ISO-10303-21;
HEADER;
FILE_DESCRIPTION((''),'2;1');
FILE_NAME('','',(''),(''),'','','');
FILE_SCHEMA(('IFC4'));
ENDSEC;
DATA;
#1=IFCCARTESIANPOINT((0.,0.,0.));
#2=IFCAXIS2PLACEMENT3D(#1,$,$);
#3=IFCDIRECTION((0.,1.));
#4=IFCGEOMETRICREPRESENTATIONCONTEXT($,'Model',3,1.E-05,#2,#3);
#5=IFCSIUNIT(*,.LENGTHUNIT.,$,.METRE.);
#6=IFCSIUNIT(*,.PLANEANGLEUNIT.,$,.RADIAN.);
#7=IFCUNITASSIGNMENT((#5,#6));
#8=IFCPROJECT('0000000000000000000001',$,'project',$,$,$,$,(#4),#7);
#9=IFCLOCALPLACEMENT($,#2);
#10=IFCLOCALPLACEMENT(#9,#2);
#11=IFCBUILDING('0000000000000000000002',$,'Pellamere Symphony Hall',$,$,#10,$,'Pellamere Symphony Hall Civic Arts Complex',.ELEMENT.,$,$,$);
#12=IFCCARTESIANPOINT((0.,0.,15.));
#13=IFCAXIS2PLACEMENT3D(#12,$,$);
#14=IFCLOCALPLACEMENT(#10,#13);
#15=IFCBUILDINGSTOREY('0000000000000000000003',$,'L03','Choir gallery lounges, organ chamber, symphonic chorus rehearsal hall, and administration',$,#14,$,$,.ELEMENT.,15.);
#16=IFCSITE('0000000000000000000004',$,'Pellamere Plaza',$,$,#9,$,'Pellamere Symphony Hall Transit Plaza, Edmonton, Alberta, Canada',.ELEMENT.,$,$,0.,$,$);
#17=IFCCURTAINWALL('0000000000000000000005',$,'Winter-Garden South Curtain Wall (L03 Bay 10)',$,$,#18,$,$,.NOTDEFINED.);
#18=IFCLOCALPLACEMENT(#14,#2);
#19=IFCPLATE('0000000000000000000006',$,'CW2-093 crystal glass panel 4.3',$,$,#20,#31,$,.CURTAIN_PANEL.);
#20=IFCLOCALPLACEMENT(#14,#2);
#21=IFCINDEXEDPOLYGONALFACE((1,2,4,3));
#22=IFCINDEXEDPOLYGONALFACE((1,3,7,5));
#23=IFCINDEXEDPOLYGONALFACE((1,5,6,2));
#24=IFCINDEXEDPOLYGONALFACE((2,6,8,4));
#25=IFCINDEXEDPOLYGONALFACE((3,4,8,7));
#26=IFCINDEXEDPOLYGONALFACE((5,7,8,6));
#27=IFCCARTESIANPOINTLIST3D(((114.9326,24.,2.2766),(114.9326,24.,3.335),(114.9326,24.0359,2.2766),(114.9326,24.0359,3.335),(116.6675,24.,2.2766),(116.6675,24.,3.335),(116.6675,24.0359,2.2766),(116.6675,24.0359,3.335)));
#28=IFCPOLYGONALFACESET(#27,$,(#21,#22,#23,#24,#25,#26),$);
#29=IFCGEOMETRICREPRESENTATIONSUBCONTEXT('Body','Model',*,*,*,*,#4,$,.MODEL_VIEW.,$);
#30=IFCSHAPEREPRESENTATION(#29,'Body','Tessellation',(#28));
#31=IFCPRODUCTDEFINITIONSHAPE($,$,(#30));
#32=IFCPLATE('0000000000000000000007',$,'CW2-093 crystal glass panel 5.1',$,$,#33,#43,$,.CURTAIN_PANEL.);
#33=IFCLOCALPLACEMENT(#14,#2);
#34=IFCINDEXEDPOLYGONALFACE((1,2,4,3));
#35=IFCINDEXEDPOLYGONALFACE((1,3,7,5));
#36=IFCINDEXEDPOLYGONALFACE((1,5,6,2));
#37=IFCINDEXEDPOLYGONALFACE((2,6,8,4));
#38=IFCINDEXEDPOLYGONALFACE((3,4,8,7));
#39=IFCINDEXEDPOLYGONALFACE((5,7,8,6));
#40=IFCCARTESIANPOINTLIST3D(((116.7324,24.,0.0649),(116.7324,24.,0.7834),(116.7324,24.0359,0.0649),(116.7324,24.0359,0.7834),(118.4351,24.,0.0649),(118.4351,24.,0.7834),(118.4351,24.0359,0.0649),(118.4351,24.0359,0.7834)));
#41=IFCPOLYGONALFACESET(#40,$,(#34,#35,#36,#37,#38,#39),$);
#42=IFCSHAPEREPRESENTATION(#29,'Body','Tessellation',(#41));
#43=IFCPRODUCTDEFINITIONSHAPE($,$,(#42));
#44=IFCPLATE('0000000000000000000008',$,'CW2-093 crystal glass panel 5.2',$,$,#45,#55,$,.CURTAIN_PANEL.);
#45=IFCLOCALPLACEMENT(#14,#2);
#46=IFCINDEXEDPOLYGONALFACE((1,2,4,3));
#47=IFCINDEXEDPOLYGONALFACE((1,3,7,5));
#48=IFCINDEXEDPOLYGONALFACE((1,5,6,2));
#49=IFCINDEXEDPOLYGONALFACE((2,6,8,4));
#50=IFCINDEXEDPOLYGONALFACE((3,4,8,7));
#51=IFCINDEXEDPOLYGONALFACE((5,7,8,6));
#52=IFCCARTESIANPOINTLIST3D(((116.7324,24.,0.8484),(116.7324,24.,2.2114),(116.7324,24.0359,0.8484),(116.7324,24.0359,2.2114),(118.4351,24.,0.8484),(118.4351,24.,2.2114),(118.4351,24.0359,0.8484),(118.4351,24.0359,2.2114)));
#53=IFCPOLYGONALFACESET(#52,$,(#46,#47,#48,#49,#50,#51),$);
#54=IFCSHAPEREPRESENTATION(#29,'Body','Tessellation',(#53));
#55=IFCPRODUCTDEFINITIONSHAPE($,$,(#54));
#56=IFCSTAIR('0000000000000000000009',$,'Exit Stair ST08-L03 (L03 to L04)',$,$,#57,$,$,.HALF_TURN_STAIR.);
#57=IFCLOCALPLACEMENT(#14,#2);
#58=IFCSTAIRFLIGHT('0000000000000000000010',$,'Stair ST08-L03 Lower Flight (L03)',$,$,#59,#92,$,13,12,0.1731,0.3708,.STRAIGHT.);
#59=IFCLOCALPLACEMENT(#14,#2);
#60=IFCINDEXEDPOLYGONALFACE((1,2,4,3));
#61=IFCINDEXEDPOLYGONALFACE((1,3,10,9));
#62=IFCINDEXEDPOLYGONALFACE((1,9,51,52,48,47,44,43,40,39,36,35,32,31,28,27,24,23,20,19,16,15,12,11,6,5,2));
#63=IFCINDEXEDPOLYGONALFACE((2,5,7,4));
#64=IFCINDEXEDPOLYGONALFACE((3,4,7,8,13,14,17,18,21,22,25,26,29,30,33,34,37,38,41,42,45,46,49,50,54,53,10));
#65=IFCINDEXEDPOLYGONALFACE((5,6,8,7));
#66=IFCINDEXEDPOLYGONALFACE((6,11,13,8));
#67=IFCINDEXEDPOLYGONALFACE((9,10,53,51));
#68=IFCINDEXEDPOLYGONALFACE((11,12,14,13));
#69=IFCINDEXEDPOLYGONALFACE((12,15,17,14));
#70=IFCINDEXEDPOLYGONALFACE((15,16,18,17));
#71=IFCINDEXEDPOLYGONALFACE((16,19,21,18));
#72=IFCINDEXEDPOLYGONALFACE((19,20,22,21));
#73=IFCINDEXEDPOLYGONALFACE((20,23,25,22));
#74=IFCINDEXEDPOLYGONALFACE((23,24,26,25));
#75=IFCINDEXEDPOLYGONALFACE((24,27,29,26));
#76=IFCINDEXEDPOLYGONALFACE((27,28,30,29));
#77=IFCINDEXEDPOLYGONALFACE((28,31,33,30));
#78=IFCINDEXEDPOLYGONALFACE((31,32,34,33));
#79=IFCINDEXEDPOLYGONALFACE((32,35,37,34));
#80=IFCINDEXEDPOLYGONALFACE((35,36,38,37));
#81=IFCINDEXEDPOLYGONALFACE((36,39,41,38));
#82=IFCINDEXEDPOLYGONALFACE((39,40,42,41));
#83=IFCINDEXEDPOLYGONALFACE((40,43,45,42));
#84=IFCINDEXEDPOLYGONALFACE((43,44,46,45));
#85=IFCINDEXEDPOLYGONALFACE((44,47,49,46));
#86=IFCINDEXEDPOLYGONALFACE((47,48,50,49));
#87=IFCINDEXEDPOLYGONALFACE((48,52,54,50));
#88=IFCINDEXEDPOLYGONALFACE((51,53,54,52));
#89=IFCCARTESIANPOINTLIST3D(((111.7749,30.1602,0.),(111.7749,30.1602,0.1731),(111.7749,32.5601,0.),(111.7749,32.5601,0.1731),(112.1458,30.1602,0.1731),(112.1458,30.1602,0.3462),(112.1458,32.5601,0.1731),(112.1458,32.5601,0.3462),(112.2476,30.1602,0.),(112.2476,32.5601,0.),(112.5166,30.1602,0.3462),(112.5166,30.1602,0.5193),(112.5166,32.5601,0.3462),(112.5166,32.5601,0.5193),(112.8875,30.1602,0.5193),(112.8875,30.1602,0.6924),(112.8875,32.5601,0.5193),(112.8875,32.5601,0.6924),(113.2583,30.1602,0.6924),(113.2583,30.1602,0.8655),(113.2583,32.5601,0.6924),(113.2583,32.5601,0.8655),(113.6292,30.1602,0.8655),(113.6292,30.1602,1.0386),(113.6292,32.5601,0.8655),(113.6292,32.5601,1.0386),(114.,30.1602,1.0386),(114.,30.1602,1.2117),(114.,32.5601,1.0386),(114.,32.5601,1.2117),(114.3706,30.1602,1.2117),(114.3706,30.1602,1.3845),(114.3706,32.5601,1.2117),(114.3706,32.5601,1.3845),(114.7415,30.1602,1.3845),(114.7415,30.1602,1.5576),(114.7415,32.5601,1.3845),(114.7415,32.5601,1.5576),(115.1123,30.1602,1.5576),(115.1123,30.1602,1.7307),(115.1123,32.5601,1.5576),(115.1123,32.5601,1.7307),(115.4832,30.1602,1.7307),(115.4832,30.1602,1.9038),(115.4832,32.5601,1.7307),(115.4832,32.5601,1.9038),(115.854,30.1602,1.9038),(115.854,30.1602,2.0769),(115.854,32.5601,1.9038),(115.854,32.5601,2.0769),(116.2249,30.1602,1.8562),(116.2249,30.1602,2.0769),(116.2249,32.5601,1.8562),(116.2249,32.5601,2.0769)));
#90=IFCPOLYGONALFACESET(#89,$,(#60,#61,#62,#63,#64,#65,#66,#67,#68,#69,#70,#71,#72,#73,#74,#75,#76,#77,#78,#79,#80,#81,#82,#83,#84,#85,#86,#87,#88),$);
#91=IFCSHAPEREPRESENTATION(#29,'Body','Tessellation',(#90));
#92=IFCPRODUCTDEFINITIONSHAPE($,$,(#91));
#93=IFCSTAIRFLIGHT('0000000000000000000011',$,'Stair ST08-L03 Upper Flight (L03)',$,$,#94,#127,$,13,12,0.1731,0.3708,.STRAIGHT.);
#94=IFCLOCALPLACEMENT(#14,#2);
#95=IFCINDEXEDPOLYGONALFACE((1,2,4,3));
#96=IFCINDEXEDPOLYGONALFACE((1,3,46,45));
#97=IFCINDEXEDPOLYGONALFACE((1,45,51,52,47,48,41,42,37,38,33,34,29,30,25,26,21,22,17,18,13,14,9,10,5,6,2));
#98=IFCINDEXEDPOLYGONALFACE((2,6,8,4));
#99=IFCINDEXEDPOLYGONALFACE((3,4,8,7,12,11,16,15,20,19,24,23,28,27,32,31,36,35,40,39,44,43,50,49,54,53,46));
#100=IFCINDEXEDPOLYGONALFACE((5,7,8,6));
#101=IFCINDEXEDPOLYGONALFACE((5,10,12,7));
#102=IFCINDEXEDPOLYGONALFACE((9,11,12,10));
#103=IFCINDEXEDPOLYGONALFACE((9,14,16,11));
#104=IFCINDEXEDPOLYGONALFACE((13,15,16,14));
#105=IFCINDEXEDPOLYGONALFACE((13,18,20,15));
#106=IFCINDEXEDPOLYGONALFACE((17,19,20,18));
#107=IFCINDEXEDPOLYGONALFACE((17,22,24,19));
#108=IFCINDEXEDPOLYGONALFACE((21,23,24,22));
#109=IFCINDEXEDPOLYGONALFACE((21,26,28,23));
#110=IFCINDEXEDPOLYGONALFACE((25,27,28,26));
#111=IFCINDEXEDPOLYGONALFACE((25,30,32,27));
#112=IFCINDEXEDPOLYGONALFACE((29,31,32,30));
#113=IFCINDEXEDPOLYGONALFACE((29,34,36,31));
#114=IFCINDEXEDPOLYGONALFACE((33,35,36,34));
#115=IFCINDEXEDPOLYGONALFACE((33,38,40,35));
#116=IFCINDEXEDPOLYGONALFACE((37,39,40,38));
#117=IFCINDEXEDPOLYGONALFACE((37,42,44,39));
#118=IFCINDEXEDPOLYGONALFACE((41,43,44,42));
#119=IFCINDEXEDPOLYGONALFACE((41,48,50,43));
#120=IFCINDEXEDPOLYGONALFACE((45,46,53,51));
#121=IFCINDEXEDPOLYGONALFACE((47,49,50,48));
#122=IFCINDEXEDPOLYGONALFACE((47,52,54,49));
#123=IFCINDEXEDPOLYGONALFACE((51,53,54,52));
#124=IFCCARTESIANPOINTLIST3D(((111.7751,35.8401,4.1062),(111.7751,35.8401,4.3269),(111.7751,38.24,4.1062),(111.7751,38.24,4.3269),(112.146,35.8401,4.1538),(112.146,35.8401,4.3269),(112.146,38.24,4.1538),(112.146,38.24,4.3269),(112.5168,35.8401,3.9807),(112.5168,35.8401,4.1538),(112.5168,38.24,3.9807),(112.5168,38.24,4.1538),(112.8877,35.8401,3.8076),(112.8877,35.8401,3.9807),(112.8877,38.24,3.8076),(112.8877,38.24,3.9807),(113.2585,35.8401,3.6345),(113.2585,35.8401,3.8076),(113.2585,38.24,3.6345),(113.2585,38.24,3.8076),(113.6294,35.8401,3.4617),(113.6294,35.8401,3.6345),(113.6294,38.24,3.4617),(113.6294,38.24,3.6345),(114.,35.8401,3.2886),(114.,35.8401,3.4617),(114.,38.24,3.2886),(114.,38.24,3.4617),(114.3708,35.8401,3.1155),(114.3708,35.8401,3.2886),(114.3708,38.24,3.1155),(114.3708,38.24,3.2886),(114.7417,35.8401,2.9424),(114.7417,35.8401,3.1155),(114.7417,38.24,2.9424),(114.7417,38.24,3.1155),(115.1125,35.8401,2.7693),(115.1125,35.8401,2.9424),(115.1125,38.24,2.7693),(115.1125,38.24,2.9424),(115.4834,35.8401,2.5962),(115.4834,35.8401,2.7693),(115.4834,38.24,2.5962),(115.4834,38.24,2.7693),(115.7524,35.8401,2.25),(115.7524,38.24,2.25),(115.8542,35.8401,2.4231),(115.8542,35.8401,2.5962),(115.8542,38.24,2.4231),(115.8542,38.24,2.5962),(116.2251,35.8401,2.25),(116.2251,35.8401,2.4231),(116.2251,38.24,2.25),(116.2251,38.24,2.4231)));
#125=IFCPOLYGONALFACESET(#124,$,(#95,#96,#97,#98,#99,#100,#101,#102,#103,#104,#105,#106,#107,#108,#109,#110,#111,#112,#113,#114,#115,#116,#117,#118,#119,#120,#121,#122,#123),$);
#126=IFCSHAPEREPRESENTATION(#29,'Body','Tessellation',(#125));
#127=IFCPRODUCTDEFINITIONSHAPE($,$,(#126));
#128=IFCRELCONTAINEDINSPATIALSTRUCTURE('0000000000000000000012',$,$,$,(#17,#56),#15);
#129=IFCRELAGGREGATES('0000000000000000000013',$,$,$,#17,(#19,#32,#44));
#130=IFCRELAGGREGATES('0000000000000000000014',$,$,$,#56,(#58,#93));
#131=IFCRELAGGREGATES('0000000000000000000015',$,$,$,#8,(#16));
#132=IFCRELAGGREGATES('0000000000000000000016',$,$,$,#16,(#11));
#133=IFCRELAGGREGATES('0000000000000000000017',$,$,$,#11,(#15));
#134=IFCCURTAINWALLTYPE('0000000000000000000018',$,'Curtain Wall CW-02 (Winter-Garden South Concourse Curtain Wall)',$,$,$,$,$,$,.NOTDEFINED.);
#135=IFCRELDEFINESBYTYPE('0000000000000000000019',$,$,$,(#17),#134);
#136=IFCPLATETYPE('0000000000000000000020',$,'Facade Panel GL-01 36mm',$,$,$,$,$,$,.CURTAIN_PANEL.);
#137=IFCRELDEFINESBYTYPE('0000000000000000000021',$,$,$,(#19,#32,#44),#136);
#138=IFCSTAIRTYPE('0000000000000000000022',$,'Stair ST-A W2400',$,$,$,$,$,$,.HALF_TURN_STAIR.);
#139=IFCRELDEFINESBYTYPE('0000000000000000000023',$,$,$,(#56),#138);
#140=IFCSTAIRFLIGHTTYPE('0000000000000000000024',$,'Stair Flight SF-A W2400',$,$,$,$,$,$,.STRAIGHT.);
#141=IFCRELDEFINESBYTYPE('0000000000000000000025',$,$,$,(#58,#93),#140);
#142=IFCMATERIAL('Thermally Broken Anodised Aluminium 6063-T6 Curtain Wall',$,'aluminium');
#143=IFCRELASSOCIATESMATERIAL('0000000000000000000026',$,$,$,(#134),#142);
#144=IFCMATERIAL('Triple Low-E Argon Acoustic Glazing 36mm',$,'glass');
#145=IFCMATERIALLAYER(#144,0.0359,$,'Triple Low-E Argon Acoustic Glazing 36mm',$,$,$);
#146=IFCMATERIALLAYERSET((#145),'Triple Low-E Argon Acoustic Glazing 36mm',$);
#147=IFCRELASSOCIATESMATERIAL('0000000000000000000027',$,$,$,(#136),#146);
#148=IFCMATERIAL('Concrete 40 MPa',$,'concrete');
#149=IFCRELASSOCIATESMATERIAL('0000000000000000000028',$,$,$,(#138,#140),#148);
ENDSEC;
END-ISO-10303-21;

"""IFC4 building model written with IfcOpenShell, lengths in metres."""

from ifc_helpers import new_model, si_unit, direction, frame, origin, place, context, subcontext, project, spatial, polyline, outline, extrude, material, layer, layer_set, type_object, element, aggregate, save


model = new_model("IFC4")

# Units and contexts
model_context = context("Model", 3, precision=1e-05, world=origin(), true_north=direction((0.0, 1.0)))
body_context = subcontext(model_context, "Body", "Model", "MODEL_VIEW")
ifc_project = project(units=[si_unit("LENGTHUNIT", "METRE"), si_unit("PLANEANGLEUNIT", "RADIAN")], contexts=[model_context])

# Site, building, storey
site_placement = place(None, origin())
site = spatial("IfcSite", under=ifc_project, at=site_placement, Name="Pellamere Plaza", LongName="Pellamere Symphony Hall Transit Plaza, Edmonton, Alberta, Canada", CompositionType="ELEMENT", RefElevation=0.0)
building_placement = place(site_placement, origin())
building = spatial("IfcBuilding", under=site, at=building_placement, Name="Pellamere Symphony Hall", LongName="Pellamere Symphony Hall Civic Arts Complex", CompositionType="ELEMENT")
storey_placement = place(building_placement, frame((0.0, 0.0, 15.0)))
storey = spatial("IfcBuildingStorey", under=building, at=storey_placement, Name="L03", Description="Choir gallery lounges, organ chamber, symphonic chorus rehearsal hall, and administration", CompositionType="ELEMENT", Elevation=15.0)

# Curtain wall
ifc_material_1 = material(Name="Thermally Broken Anodised Aluminium 6063-T6 Curtain Wall", Category="aluminium")
curtain_wall_type = type_object("IfcCurtainWallType", Name="Curtain Wall CW-02 (Winter-Garden South Concourse Curtain Wall)", PredefinedType="NOTDEFINED", material=ifc_material_1)
curtain_wall_placement = place(storey_placement, origin())
curtain_wall = element("IfcCurtainWall", 1, at=curtain_wall_placement, inside=storey, type_object=curtain_wall_type, Name="Winter-Garden South Curtain Wall (L03 Bay 10)", PredefinedType="NOTDEFINED")

# Plates
ifc_material_2 = material(Name="Triple Low-E Argon Acoustic Glazing 36mm", Category="glass")
ifc_layer = layer(ifc_material_2, 0.0359, Name="Triple Low-E Argon Acoustic Glazing 36mm")
ifc_layer_set = layer_set([ifc_layer], Name="Triple Low-E Argon Acoustic Glazing 36mm")
plate_type = type_object("IfcPlateType", Name="Facade Panel GL-01 36mm", PredefinedType="CURTAIN_PANEL", material=ifc_layer_set)
plate_1_placement = place(storey_placement, frame((114.9326, 24.0, 2.2766), z_axis=(0.0, -1.0, 0.0), x_axis=(1.0, 0.0, 0.0)))
plate_1 = element("IfcPlate", 2, at=plate_1_placement, type_object=plate_type, Name="CW2-093 crystal glass panel 4.3", PredefinedType="CURTAIN_PANEL", context=body_context, shape_type="SweptSolid", body=[
    extrude(outline(polyline([(0.0, 0.0), (1.7349, 0.0), (1.7349, 1.0583), (0.0, 1.0583), (0.0, 0.0)])), origin(), (0.0, 0.0, -1.0), 0.0359),
])
plate_2_placement = place(storey_placement, frame((116.7324, 24.0, 0.0649), z_axis=(0.0, -1.0, 0.0), x_axis=(1.0, 0.0, 0.0)))
plate_2 = element("IfcPlate", 3, at=plate_2_placement, type_object=plate_type, Name="CW2-093 crystal glass panel 5.1", PredefinedType="CURTAIN_PANEL", context=body_context, shape_type="SweptSolid", body=[
    extrude(outline(polyline([(0.0, 0.0), (1.7026, 0.0), (1.7026, 0.7185), (0.0, 0.7185), (0.0, 0.0)])), origin(), (0.0, 0.0, -1.0), 0.0359),
])
plate_3_placement = place(storey_placement, frame((116.7324, 24.0, 0.8484), z_axis=(0.0, -1.0, 0.0), x_axis=(1.0, 0.0, 0.0)))
plate_3 = element("IfcPlate", 4, at=plate_3_placement, type_object=plate_type, Name="CW2-093 crystal glass panel 5.2", PredefinedType="CURTAIN_PANEL", context=body_context, shape_type="SweptSolid", body=[
    extrude(outline(polyline([(0.0, 0.0), (1.7026, 0.0), (1.7026, 1.363), (0.0, 1.363), (0.0, 0.0)])), origin(), (0.0, 0.0, -1.0), 0.0359),
])
aggregate(curtain_wall, [plate_1, plate_2, plate_3])

# Stair, stair flights
ifc_material_3 = material(Name="Concrete 40 MPa", Category="concrete")
stair_type = type_object("IfcStairType", Name="Stair ST-A W2400", PredefinedType="HALF_TURN_STAIR", material=ifc_material_3)
stair_placement = place(storey_placement, origin())
stair = element("IfcStair", 5, at=stair_placement, inside=storey, type_object=stair_type, Name="Exit Stair ST08-L03 (L03 to L04)", PredefinedType="HALF_TURN_STAIR")
stair_flight_type = type_object("IfcStairFlightType", Name="Stair Flight SF-A W2400", PredefinedType="STRAIGHT", material=ifc_material_3)
stair_flight_1_placement = place(storey_placement, frame((111.7749, 31.3601, 0.0), z_axis=(0.0, 0.0, 1.0), x_axis=(1.0, 0.0, 0.0)))
stair_flight_1 = element("IfcStairFlight", 6, at=stair_flight_1_placement, type_object=stair_flight_type, Name="Stair ST08-L03 Lower Flight (L03)", NumberOfRisers=13, NumberOfTreads=12, PredefinedType="STRAIGHT", RiserHeight=0.1731, TreadLength=0.3708, context=body_context, shape_type="SweptSolid", body=[
    extrude(outline(polyline([(0.0, 0.0), (0.0, 0.1731), (0.3708, 0.1731), (0.3708, 0.3462), (0.7417, 0.3462), (0.7417, 0.5193), (1.1125, 0.5193), (1.1125, 0.6924), (1.4834, 0.6924), (1.4834, 0.8655), (1.8542, 0.8655), (1.8542, 1.0386), (2.2251, 1.0386), (2.2251, 1.2117), (2.5957, 1.2117), (2.5957, 1.3845), (2.9666, 1.3845), (2.9666, 1.5576), (3.3374, 1.5576), (3.3374, 1.7307), (3.7083, 1.7307), (3.7083, 1.9038), (4.0791, 1.9038), (4.0791, 2.0769), (4.45, 2.0769), (4.45, 2.25), (4.45, 1.8562), (0.4727, 0.0), (0.0, 0.0)])), frame((0.0, 1.2, 0.0), z_axis=(0.0, -1.0, 0.0), x_axis=(1.0, 0.0, 0.0)), (0.0, 0.0, 1.0), 2.3999),
])
stair_flight_2_placement = place(storey_placement, frame((116.2251, 37.04, 2.25), z_axis=(0.0, 0.0, 1.0), x_axis=(-1.0, 0.0, 0.0)))
stair_flight_2 = element("IfcStairFlight", 7, at=stair_flight_2_placement, type_object=stair_flight_type, Name="Stair ST08-L03 Upper Flight (L03)", NumberOfRisers=13, NumberOfTreads=12, PredefinedType="STRAIGHT", RiserHeight=0.1731, TreadLength=0.3708, context=body_context, shape_type="SweptSolid", body=[
    extrude(outline(polyline([(0.0, 0.0), (0.0, 0.1731), (0.3708, 0.1731), (0.3708, 0.3462), (0.7417, 0.3462), (0.7417, 0.5193), (1.1125, 0.5193), (1.1125, 0.6924), (1.4834, 0.6924), (1.4834, 0.8655), (1.8542, 0.8655), (1.8542, 1.0386), (2.2251, 1.0386), (2.2251, 1.2117), (2.5957, 1.2117), (2.5957, 1.3845), (2.9666, 1.3845), (2.9666, 1.5576), (3.3374, 1.5576), (3.3374, 1.7307), (3.7083, 1.7307), (3.7083, 1.9038), (4.0791, 1.9038), (4.0791, 2.0769), (4.45, 2.0769), (4.45, 2.25), (4.45, 1.8562), (0.4727, 0.0), (0.0, 0.0)])), frame((0.0, 1.2, 0.0), z_axis=(0.0, -1.0, 0.0), x_axis=(1.0, 0.0, 0.0)), (0.0, 0.0, 1.0), 2.3999),
])
aggregate(stair, [stair_flight_1, stair_flight_2])

save(model, "model.ifc")
